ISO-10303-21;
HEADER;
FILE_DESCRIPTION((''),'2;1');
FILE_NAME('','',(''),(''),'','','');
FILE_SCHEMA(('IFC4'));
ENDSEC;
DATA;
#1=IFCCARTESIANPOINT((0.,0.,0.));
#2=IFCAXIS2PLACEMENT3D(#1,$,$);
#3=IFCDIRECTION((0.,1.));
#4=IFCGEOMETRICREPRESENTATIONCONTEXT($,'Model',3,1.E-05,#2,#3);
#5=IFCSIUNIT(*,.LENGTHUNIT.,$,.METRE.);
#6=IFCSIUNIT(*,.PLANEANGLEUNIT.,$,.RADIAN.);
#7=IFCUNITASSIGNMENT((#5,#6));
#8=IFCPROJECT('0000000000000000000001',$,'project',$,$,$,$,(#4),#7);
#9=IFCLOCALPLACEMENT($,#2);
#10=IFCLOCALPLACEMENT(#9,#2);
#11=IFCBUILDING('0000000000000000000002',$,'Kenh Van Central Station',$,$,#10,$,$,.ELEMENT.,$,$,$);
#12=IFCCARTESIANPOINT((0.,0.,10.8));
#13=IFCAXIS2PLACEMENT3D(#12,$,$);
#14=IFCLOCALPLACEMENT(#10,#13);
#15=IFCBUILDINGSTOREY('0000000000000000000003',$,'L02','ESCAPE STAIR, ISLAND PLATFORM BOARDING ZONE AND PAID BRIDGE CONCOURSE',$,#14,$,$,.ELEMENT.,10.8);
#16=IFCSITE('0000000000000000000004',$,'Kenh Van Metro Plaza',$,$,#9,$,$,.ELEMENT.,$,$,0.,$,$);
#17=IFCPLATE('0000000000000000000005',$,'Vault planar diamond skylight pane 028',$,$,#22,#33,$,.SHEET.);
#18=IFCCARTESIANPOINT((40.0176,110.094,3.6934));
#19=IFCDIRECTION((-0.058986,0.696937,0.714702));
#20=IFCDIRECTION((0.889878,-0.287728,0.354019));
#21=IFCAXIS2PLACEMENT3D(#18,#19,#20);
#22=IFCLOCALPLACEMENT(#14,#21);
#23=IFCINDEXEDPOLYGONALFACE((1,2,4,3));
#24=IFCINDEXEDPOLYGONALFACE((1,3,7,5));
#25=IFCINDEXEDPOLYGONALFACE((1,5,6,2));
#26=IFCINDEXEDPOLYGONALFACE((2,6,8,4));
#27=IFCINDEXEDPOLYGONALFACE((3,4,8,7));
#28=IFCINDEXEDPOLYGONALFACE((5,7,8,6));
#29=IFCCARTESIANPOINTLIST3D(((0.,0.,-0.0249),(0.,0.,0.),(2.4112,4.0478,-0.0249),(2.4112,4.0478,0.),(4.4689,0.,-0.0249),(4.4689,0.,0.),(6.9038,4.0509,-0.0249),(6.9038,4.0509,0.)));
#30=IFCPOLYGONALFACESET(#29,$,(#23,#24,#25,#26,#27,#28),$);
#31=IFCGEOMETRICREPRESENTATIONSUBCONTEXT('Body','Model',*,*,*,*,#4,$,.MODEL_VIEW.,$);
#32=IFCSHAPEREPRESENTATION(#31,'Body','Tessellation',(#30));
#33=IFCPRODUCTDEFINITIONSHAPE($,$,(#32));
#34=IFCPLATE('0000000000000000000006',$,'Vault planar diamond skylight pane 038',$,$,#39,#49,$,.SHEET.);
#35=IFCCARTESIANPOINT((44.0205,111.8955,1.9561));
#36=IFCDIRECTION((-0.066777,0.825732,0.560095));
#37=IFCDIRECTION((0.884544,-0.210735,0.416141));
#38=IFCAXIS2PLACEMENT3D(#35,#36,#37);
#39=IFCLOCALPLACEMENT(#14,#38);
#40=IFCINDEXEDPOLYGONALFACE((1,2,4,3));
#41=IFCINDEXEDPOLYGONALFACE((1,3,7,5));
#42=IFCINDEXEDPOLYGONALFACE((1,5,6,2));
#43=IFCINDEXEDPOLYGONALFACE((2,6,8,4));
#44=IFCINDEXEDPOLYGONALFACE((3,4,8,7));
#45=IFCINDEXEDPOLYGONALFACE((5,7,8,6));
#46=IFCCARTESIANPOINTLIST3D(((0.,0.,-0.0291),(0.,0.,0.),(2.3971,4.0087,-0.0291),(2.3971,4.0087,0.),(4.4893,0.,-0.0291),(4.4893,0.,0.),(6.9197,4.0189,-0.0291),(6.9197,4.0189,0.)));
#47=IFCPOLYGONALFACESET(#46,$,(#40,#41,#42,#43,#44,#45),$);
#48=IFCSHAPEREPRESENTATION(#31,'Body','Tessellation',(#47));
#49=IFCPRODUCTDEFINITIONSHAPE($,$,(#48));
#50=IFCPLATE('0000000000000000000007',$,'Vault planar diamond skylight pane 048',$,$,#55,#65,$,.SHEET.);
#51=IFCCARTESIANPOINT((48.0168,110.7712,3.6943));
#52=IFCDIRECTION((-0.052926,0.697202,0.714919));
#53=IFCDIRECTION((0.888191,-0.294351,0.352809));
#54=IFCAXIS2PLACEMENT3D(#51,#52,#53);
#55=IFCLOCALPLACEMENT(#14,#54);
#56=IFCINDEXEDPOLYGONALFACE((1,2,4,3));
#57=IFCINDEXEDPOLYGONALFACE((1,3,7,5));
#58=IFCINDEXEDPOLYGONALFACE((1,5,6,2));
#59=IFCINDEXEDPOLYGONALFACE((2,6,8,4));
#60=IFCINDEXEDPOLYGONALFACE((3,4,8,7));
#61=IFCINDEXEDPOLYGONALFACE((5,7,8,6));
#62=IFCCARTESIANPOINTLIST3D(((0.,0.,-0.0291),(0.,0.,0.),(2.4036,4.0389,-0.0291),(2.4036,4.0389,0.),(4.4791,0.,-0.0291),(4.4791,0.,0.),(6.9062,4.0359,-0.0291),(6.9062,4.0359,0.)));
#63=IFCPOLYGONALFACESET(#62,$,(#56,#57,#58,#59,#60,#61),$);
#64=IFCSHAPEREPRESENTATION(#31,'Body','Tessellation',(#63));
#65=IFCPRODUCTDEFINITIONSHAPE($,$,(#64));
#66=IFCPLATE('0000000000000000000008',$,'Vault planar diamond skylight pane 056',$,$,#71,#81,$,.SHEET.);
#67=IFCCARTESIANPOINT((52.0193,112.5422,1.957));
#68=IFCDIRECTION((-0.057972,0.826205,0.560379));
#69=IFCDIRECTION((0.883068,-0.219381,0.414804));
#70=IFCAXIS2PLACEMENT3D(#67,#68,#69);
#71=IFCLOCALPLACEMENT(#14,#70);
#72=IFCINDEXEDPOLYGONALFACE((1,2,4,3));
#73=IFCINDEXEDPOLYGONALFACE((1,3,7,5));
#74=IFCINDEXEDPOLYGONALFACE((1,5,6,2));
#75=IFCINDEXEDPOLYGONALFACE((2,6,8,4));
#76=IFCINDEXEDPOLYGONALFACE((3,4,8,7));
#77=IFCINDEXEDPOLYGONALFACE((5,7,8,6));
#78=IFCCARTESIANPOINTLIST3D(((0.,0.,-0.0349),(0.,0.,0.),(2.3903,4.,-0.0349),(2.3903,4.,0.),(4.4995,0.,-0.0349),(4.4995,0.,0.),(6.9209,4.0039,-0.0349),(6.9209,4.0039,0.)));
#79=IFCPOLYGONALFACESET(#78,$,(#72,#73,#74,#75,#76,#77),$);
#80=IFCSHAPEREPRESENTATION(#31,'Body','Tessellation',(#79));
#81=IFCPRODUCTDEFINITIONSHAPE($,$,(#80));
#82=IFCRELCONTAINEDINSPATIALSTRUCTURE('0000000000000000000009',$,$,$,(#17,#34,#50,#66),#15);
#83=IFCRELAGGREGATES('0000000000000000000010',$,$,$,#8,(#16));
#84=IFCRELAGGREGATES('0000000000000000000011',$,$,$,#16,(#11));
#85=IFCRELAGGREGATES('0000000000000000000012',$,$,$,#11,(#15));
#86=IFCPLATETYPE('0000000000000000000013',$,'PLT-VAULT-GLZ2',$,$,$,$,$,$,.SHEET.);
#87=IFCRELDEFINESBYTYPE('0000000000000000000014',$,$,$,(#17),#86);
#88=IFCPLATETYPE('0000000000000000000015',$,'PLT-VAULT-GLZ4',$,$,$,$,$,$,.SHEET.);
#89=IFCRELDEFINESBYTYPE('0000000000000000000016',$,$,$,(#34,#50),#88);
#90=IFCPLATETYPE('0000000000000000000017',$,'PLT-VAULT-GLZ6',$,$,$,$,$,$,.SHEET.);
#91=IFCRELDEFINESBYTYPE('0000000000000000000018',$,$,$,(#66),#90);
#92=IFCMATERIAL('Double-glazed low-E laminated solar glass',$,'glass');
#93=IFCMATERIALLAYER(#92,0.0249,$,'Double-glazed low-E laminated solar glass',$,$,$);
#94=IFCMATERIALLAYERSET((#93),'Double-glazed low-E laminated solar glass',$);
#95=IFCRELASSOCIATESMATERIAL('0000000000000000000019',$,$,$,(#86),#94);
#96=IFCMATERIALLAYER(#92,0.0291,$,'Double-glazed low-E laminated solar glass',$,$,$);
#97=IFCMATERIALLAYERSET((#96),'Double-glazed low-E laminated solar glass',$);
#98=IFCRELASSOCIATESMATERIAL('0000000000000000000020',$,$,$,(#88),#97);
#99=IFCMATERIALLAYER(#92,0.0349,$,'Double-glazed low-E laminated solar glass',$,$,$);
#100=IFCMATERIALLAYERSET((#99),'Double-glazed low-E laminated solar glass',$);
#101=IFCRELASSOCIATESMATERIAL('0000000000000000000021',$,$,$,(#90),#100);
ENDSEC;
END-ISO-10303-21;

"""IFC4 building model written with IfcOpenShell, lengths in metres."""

from ifc_helpers import new_model, si_unit, direction, frame, origin, place, context, subcontext, project, spatial, polyline, outline, extrude, material, layer, layer_set, type_object, element, save


model = new_model("IFC4")

# Units and contexts
model_context = context("Model", 3, precision=1e-05, world=origin(), true_north=direction((0.0, 1.0)))
body_context = subcontext(model_context, "Body", "Model", "MODEL_VIEW")
ifc_project = project(units=[si_unit("LENGTHUNIT", "METRE"), si_unit("PLANEANGLEUNIT", "RADIAN")], contexts=[model_context])

# Site, building, storey
site_placement = place(None, origin())
site = spatial("IfcSite", under=ifc_project, at=site_placement, Name="Kenh Van Metro Plaza", CompositionType="ELEMENT", RefElevation=0.0)
building_placement = place(site_placement, origin())
building = spatial("IfcBuilding", under=site, at=building_placement, Name="Kenh Van Central Station", CompositionType="ELEMENT")
storey_placement = place(building_placement, frame((0.0, 0.0, 10.8)))
storey = spatial("IfcBuildingStorey", under=building, at=storey_placement, Name="L02", Description="ESCAPE STAIR, ISLAND PLATFORM BOARDING ZONE AND PAID BRIDGE CONCOURSE", CompositionType="ELEMENT", Elevation=10.8)

# Plates
ifc_material_1 = material(Name="Double-glazed low-E laminated solar glass", Category="glass")
ifc_layer_1 = layer(ifc_material_1, 0.0249, Name="Double-glazed low-E laminated solar glass")
ifc_layer_set_1 = layer_set([ifc_layer_1], Name="Double-glazed low-E laminated solar glass")
plate_type_1 = type_object("IfcPlateType", Name="PLT-VAULT-GLZ2", PredefinedType="SHEET", material=ifc_layer_set_1)
plate_1_placement = place(storey_placement, frame((40.0176, 110.094, 3.6934), z_axis=(-0.058986, 0.696937, 0.714702), x_axis=(0.889878, -0.287728, 0.354019)))
element("IfcPlate", 1, at=plate_1_placement, inside=storey, type_object=plate_type_1, Name="Vault planar diamond skylight pane 028", PredefinedType="SHEET", context=body_context, shape_type="SweptSolid", body=[
    extrude(outline(polyline([(0.0, 0.0), (4.4689, 0.0), (6.9038, 4.0509), (2.4112, 4.0478), (0.0, 0.0)])), origin(), (0.0, 0.0, -1.0), 0.0249),
])
ifc_layer_2 = layer(ifc_material_1, 0.0291, Name="Double-glazed low-E laminated solar glass")
ifc_layer_set_2 = layer_set([ifc_layer_2], Name="Double-glazed low-E laminated solar glass")
plate_type_2 = type_object("IfcPlateType", Name="PLT-VAULT-GLZ4", PredefinedType="SHEET", material=ifc_layer_set_2)
plate_2_placement = place(storey_placement, frame((44.0205, 111.8955, 1.9561), z_axis=(-0.066777, 0.825732, 0.560095), x_axis=(0.884544, -0.210735, 0.416141)))
element("IfcPlate", 2, at=plate_2_placement, inside=storey, type_object=plate_type_2, Name="Vault planar diamond skylight pane 038", PredefinedType="SHEET", context=body_context, shape_type="SweptSolid", body=[
    extrude(outline(polyline([(0.0, 0.0), (4.4893, 0.0), (6.9197, 4.0189), (2.3971, 4.0087), (0.0, 0.0)])), origin(), (0.0, 0.0, -1.0), 0.0291),
])
plate_3_placement = place(storey_placement, frame((48.0168, 110.7712, 3.6943), z_axis=(-0.052926, 0.697202, 0.714919), x_axis=(0.888191, -0.294351, 0.352809)))
element("IfcPlate", 3, at=plate_3_placement, inside=storey, type_object=plate_type_2, Name="Vault planar diamond skylight pane 048", PredefinedType="SHEET", context=body_context, shape_type="SweptSolid", body=[
    extrude(outline(polyline([(0.0, 0.0), (4.4791, 0.0), (6.9062, 4.0359), (2.4036, 4.0389), (0.0, 0.0)])), origin(), (0.0, 0.0, -1.0), 0.0291),
])
ifc_layer_3 = layer(ifc_material_1, 0.0349, Name="Double-glazed low-E laminated solar glass")
ifc_layer_set_3 = layer_set([ifc_layer_3], Name="Double-glazed low-E laminated solar glass")
plate_type_3 = type_object("IfcPlateType", Name="PLT-VAULT-GLZ6", PredefinedType="SHEET", material=ifc_layer_set_3)
plate_4_placement = place(storey_placement, frame((52.0193, 112.5422, 1.957), z_axis=(-0.057972, 0.826205, 0.560379), x_axis=(0.883068, -0.219381, 0.414804)))
element("IfcPlate", 4, at=plate_4_placement, inside=storey, type_object=plate_type_3, Name="Vault planar diamond skylight pane 056", PredefinedType="SHEET", context=body_context, shape_type="SweptSolid", body=[
    extrude(outline(polyline([(0.0, 0.0), (4.4995, 0.0), (6.9209, 4.0039), (2.3903, 4.0), (0.0, 0.0)])), origin(), (0.0, 0.0, -1.0), 0.0349),
])

save(model, "model.ifc")
